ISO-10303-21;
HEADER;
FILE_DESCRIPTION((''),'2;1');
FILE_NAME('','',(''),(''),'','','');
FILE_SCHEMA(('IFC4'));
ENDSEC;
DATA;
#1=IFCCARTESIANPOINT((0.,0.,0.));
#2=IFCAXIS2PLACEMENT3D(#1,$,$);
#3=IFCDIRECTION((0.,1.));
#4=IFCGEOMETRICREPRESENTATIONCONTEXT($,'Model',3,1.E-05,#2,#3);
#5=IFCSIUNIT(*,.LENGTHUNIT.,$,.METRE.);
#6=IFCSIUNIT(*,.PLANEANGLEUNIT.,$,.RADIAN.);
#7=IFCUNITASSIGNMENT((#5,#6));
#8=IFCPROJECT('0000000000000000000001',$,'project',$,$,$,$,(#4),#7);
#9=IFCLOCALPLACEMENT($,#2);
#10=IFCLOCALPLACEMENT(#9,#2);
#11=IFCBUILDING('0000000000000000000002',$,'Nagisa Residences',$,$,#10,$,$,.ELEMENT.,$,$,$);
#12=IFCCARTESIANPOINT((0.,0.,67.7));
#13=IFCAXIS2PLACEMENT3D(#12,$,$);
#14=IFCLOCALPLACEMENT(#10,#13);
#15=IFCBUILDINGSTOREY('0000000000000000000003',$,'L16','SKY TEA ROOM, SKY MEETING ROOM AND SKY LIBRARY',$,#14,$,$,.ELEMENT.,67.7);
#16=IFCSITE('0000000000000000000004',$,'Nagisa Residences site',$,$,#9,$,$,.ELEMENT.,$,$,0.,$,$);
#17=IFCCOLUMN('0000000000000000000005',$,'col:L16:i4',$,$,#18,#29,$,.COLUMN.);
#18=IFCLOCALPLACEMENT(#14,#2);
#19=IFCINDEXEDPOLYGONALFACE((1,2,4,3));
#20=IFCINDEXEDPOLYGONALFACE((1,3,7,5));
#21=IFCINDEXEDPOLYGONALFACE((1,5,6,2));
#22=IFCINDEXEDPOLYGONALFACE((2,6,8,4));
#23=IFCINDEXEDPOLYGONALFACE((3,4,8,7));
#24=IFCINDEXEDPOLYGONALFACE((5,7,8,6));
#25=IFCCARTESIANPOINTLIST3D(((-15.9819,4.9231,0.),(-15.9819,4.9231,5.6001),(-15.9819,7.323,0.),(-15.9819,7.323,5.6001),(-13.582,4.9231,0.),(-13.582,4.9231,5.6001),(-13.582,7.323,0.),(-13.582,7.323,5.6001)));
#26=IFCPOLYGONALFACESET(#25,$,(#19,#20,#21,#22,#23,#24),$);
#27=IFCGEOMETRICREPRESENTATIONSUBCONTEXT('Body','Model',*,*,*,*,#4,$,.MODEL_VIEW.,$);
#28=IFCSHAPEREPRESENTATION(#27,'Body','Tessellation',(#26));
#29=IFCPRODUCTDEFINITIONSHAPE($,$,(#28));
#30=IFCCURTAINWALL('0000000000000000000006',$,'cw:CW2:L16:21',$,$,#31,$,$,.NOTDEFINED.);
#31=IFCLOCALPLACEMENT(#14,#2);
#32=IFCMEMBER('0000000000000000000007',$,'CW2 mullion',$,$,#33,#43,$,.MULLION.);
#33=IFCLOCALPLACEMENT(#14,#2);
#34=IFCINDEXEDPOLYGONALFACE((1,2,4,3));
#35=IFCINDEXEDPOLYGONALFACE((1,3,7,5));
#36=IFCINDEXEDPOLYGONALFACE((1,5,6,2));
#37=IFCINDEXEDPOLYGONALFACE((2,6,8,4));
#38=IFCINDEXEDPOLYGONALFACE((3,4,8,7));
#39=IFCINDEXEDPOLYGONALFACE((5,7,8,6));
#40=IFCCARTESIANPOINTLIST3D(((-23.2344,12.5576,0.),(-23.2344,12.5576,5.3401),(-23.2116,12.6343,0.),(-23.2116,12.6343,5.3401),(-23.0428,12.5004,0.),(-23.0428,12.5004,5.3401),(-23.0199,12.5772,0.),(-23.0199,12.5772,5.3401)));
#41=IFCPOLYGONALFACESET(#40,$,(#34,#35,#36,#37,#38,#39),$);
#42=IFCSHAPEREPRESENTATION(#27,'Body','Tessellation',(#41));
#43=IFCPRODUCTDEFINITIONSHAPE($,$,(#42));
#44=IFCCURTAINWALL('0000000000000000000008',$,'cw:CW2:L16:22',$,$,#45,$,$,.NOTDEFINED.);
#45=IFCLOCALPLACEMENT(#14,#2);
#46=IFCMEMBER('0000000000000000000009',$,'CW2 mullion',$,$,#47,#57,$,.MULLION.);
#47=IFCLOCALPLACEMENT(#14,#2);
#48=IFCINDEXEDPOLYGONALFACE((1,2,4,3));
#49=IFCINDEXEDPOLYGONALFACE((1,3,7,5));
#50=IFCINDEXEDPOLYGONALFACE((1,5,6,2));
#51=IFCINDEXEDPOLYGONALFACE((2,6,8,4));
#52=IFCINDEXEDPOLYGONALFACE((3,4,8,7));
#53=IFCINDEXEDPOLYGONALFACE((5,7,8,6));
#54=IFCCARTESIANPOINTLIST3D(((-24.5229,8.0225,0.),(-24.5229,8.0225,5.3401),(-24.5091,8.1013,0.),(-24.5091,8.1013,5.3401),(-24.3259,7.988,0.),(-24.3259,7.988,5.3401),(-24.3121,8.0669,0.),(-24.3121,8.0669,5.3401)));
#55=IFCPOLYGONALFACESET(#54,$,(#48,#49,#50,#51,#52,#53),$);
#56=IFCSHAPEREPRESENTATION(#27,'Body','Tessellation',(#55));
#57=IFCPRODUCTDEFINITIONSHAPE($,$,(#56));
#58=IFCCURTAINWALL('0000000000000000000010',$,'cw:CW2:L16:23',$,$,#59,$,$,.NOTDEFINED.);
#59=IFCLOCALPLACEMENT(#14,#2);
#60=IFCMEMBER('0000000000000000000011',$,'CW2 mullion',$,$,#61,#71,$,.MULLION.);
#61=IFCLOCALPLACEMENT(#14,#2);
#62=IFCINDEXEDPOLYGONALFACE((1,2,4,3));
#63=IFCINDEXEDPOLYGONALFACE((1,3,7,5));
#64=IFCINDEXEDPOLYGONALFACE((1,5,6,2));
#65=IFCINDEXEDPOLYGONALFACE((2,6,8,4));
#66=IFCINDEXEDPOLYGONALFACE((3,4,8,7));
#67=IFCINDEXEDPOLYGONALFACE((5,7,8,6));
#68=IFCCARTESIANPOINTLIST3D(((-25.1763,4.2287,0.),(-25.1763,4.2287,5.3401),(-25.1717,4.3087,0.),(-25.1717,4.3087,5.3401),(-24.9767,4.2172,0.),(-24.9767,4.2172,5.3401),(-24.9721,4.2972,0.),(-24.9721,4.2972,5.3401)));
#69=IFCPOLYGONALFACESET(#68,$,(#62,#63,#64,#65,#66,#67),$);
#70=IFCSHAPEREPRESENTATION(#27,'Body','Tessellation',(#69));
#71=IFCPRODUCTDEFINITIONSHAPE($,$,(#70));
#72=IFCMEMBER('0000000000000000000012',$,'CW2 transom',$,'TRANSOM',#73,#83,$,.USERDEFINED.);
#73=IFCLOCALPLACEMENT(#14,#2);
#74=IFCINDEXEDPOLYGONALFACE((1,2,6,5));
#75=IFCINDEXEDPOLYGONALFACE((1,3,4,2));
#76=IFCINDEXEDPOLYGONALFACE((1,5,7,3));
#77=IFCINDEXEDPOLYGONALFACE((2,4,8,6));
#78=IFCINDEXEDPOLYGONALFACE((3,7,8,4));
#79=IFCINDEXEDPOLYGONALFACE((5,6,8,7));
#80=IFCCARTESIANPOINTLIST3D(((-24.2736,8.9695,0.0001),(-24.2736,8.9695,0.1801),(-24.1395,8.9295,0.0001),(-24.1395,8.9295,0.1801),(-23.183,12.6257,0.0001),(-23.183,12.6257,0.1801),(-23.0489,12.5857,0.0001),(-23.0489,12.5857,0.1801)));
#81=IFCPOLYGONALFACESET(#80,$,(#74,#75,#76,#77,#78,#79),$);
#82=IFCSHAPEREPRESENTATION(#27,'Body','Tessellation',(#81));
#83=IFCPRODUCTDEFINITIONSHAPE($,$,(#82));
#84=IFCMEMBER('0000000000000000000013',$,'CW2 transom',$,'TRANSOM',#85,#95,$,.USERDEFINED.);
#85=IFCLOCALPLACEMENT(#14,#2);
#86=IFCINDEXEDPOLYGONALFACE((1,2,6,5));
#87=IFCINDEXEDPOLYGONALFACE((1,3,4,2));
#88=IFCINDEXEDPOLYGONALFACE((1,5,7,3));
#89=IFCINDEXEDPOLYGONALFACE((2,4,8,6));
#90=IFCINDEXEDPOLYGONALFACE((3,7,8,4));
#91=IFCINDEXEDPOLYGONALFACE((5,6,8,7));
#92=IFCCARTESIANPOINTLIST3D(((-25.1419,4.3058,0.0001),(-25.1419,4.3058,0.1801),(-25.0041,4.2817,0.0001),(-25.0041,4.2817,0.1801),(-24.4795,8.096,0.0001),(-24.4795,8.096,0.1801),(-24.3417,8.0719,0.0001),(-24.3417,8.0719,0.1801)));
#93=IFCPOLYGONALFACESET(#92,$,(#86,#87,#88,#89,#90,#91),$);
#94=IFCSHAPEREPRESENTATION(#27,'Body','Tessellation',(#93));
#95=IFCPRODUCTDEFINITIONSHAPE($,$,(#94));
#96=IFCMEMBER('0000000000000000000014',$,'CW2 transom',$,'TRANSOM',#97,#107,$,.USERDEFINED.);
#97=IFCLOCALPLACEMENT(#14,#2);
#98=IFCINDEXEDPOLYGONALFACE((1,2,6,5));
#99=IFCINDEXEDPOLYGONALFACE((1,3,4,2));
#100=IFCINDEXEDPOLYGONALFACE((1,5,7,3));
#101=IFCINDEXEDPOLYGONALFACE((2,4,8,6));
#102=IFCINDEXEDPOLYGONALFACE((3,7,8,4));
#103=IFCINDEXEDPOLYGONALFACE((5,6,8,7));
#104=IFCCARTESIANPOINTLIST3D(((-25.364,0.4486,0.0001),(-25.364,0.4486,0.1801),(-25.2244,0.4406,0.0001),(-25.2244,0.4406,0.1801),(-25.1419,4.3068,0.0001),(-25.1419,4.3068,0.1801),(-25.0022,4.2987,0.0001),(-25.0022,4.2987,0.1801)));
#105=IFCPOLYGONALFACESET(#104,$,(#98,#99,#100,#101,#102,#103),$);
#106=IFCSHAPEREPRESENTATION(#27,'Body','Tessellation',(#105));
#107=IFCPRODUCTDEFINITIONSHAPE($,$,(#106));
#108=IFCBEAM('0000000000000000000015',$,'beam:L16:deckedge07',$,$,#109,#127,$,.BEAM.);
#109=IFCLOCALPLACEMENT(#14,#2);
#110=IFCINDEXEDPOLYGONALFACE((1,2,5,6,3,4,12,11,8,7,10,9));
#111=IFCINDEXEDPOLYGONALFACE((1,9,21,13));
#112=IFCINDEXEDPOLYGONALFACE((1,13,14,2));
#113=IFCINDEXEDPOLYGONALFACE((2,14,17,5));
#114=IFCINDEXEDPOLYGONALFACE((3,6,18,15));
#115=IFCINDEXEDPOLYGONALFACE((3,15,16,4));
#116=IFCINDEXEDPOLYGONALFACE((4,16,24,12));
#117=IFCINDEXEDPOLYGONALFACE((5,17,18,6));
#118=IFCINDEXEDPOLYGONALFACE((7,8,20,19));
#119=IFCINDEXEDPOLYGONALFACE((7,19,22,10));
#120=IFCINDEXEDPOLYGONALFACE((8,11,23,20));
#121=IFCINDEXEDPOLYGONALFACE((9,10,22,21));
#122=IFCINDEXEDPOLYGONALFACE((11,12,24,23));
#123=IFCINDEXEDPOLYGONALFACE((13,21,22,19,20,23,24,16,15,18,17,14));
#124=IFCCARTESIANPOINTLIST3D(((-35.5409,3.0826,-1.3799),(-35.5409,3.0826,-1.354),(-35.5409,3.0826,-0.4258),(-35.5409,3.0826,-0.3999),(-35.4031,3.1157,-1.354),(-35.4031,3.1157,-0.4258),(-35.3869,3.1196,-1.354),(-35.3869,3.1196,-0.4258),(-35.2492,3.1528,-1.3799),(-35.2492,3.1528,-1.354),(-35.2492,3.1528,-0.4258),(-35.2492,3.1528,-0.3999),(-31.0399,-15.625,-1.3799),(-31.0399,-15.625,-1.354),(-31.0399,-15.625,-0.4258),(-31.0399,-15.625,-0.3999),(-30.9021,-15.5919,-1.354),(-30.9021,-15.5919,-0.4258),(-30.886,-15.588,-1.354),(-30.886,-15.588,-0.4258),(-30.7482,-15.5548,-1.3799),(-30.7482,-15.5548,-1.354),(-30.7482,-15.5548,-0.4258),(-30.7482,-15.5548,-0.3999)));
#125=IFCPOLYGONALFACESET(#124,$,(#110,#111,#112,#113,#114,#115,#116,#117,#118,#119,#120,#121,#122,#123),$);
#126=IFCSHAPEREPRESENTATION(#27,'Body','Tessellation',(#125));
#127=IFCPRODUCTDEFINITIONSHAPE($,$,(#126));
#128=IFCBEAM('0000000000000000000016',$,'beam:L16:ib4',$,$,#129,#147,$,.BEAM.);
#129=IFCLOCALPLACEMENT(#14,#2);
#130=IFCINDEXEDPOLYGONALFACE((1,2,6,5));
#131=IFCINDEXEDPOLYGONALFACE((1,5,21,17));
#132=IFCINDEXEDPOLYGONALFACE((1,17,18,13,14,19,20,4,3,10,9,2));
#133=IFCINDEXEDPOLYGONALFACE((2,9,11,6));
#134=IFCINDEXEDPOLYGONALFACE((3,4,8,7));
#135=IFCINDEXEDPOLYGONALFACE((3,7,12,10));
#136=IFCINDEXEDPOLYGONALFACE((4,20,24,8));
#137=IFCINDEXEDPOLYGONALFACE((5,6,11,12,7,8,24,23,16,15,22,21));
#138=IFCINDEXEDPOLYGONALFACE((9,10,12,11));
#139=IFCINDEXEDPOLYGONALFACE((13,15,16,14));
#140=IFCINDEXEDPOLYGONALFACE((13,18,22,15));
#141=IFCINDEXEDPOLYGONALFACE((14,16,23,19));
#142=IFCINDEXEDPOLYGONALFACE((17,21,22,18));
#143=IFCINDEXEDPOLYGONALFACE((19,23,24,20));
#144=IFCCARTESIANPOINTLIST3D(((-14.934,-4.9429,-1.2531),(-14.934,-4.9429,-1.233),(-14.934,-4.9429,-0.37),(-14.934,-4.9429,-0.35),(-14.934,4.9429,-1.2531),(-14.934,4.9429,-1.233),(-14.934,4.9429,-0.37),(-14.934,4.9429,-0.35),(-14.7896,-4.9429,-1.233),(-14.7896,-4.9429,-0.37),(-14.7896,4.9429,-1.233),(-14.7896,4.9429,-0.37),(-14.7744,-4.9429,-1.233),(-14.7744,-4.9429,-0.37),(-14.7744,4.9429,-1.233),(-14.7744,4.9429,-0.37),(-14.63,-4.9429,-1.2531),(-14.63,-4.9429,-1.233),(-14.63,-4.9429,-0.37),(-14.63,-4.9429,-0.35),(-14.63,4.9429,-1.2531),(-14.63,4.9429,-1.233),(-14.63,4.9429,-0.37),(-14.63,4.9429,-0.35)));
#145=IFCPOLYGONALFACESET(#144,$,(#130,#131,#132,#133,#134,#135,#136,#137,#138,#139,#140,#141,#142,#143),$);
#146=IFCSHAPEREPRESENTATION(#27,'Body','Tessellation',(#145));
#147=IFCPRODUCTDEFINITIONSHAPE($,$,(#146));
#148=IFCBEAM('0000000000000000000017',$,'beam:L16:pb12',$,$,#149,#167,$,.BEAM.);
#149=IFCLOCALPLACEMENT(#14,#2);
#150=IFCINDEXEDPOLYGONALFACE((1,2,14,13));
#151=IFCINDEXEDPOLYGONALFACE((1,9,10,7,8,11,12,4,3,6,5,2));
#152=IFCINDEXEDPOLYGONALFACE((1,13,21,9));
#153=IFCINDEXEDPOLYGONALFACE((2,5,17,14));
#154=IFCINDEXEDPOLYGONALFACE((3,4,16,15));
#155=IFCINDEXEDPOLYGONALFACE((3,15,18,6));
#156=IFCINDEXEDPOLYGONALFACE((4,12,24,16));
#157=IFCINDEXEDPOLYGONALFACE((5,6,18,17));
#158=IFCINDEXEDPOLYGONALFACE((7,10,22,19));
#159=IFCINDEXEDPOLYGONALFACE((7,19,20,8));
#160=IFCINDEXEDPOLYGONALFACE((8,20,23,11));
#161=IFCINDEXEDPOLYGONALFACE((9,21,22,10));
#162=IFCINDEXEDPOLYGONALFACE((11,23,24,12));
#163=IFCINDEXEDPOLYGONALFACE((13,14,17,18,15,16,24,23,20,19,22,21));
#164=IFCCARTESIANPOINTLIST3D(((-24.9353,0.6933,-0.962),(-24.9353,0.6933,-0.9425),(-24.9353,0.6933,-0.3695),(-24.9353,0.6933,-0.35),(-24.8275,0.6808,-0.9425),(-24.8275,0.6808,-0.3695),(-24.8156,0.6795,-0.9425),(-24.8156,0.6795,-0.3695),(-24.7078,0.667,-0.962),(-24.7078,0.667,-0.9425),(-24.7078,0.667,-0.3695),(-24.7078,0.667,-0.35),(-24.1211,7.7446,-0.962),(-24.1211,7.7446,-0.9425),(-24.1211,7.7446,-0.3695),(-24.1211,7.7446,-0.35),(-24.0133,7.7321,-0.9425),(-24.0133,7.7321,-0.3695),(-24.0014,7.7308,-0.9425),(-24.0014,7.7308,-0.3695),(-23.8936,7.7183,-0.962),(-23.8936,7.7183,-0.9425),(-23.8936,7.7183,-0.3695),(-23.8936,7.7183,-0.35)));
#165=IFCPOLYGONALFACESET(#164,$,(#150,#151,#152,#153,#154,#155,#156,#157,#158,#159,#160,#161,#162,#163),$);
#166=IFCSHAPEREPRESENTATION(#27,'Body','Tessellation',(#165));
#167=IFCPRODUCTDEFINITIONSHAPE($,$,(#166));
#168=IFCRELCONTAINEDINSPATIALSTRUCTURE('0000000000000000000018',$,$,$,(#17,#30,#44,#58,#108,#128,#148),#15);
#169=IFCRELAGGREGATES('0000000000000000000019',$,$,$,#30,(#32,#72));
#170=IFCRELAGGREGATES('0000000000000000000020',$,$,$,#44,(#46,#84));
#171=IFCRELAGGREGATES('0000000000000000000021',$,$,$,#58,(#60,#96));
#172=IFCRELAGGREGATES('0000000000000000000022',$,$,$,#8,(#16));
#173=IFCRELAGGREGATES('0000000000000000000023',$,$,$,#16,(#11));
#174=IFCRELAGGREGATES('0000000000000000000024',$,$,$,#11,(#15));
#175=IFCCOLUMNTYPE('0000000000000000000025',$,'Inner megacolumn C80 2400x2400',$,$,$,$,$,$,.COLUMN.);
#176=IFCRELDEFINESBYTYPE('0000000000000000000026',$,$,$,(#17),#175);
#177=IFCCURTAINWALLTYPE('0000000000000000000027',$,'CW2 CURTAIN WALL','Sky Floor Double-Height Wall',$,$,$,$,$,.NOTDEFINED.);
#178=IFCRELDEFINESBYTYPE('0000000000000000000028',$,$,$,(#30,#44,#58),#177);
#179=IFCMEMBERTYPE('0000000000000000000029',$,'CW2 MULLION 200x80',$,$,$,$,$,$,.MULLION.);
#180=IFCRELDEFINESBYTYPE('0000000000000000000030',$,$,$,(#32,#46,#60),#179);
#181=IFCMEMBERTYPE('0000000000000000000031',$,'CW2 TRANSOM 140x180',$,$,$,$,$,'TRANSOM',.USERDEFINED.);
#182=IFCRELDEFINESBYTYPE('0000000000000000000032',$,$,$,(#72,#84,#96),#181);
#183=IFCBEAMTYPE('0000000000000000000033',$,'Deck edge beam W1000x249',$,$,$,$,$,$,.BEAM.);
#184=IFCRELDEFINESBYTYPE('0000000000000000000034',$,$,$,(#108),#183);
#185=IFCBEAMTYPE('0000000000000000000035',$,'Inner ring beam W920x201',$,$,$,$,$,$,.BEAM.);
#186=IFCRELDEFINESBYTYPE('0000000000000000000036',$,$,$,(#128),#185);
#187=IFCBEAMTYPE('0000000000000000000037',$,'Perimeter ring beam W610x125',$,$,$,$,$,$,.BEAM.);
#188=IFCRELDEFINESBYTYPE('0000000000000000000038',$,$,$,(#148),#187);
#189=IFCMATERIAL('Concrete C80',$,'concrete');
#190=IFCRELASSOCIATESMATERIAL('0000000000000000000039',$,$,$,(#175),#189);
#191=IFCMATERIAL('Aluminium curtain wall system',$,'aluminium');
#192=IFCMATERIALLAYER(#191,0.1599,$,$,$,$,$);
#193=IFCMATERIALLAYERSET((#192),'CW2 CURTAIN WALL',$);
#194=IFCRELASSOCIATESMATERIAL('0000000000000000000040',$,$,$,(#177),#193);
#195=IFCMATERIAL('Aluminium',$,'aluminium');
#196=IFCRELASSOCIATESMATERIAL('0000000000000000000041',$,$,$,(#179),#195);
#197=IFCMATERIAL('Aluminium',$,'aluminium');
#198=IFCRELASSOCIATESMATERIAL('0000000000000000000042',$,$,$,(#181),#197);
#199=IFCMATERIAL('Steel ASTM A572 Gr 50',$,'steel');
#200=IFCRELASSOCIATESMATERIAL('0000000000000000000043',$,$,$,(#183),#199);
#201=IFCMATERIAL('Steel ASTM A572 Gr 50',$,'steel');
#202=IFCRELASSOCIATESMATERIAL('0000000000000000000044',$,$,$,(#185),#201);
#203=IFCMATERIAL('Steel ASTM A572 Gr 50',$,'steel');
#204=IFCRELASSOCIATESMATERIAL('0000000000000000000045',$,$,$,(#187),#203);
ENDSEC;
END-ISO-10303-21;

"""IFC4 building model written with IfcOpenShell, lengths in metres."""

from ifc_helpers import new_model, si_unit, direction, frame, origin, origin_2d, place, context, subcontext, project, spatial, rectangle, i_section, extrude, material, layer, layer_set, material_profile, profile_set, type_object, element, aggregate, save


model = new_model("IFC4")

# Units and contexts
model_context = context("Model", 3, precision=1e-05, world=origin(), true_north=direction((0.0, 1.0)))
body_context = subcontext(model_context, "Body", "Model", "MODEL_VIEW")
ifc_project = project(units=[si_unit("LENGTHUNIT", "METRE"), si_unit("PLANEANGLEUNIT", "RADIAN")], contexts=[model_context])

# Site, building, storey
site_placement = place(None, origin())
site = spatial("IfcSite", under=ifc_project, at=site_placement, Name="Nagisa Residences site", CompositionType="ELEMENT", RefElevation=0.0)
building_placement = place(site_placement, origin())
building = spatial("IfcBuilding", under=site, at=building_placement, Name="Nagisa Residences", CompositionType="ELEMENT")
storey_placement = place(building_placement, frame((0.0, 0.0, 67.7)))
storey = spatial("IfcBuildingStorey", under=building, at=storey_placement, Name="L16", Description="SKY TEA ROOM, SKY MEETING ROOM AND SKY LIBRARY", CompositionType="ELEMENT", Elevation=67.7)

# Column
ifc_material_1 = material(Name="Concrete C80", Category="concrete")
ifc_material_profile_1 = material_profile(ifc_material_1, rectangle(XDim=2.3999, YDim=2.3999, at=origin_2d()), Name="C80 2400x2400")
ifc_profile_set_1 = profile_set([ifc_material_profile_1], Name="Concrete C80")
column_type = type_object("IfcColumnType", Name="Inner megacolumn C80 2400x2400", PredefinedType="COLUMN", material=ifc_profile_set_1)
column_placement = place(storey_placement, frame((-14.782, 6.123, 0.0), z_axis=(0.0, 0.0, 1.0), x_axis=(1.0, 0.0, 0.0)))
element("IfcColumn", 1, at=column_placement, inside=storey, type_object=column_type, Name="col:L16:i4", PredefinedType="COLUMN", context=body_context, shape_type="SweptSolid", body=[
    extrude(rectangle(XDim=2.3999, YDim=2.3999, at=origin_2d()), origin(), (0.0, 0.0, 1.0), 5.6001),
])

# Curtain walls, members
ifc_material_2 = material(Name="Aluminium curtain wall system", Category="aluminium")
ifc_layer_1 = layer(ifc_material_2, 0.1599)
ifc_layer_set_1 = layer_set([ifc_layer_1], Name="CW2 CURTAIN WALL")
curtain_wall_type = type_object("IfcCurtainWallType", Name="CW2 CURTAIN WALL", Description="Sky Floor Double-Height Wall", PredefinedType="NOTDEFINED", material=ifc_layer_set_1)
curtain_wall_1_placement = place(storey_placement, origin())
curtain_wall_1 = element("IfcCurtainWall", 2, at=curtain_wall_1_placement, inside=storey, type_object=curtain_wall_type, Name="cw:CW2:L16:21", PredefinedType="NOTDEFINED")
ifc_material_3 = material(Name="Aluminium", Category="aluminium")
ifc_material_profile_2 = material_profile(ifc_material_3, rectangle(XDim=0.2, YDim=0.0801, at=origin_2d()), Name="CW2 MULLION 200x80")
ifc_profile_set_2 = profile_set([ifc_material_profile_2], Name="Aluminium")
member_type_1 = type_object("IfcMemberType", Name="CW2 MULLION 200x80", PredefinedType="MULLION", material=ifc_profile_set_2)
member_1_placement = place(storey_placement, frame((-23.1272, 12.5674, 0.0), z_axis=(0.0, 0.0, 1.0), x_axis=(0.958271, -0.28586, 0.0)))
member_1 = element("IfcMember", 3, at=member_1_placement, type_object=member_type_1, Name="CW2 mullion", PredefinedType="MULLION", context=body_context, shape_type="SweptSolid", body=[
    extrude(rectangle(XDim=0.2, YDim=0.0801, at=origin_2d()), origin(), (0.0, 0.0, 1.0), 5.3401),
])
curtain_wall_2_placement = place(storey_placement, origin())
curtain_wall_2 = element("IfcCurtainWall", 4, at=curtain_wall_2_placement, inside=storey, type_object=curtain_wall_type, Name="cw:CW2:L16:22", PredefinedType="NOTDEFINED")
member_2_placement = place(storey_placement, frame((-24.4175, 8.0447, 0.0), z_axis=(0.0, 0.0, 1.0), x_axis=(0.985064, -0.172191, 0.0)))
member_2 = element("IfcMember", 5, at=member_2_placement, type_object=member_type_1, Name="CW2 mullion", PredefinedType="MULLION", context=body_context, shape_type="SweptSolid", body=[
    extrude(rectangle(XDim=0.2, YDim=0.0801, at=origin_2d()), origin(), (0.0, 0.0, 1.0), 5.3401),
])
curtain_wall_3_placement = place(storey_placement, origin())
curtain_wall_3 = element("IfcCurtainWall", 6, at=curtain_wall_3_placement, inside=storey, type_object=curtain_wall_type, Name="cw:CW2:L16:23", PredefinedType="NOTDEFINED")
member_3_placement = place(storey_placement, frame((-25.0742, 4.2629, 0.0), z_axis=(0.0, 0.0, 1.0), x_axis=(0.998345, -0.057503, 0.0)))
member_3 = element("IfcMember", 7, at=member_3_placement, type_object=member_type_1, Name="CW2 mullion", PredefinedType="MULLION", context=body_context, shape_type="SweptSolid", body=[
    extrude(rectangle(XDim=0.2, YDim=0.0801, at=origin_2d()), origin(), (0.0, 0.0, 1.0), 5.3401),
])

# Members
ifc_material_4 = material(Name="Aluminium", Category="aluminium")
ifc_material_profile_3 = material_profile(ifc_material_4, rectangle(XDim=0.1399, YDim=0.1799, at=origin_2d()), Name="CW2 TRANSOM 140x180")
ifc_profile_set_3 = profile_set([ifc_material_profile_3], Name="Aluminium")
member_type_2 = type_object("IfcMemberType", Name="CW2 TRANSOM 140x180", ElementType="TRANSOM", PredefinedType="USERDEFINED", material=ifc_profile_set_3)
member_4_placement = place(storey_placement, frame((-23.116, 12.6057, 0.0901), z_axis=(-0.285833, -0.958279, 0.0), x_axis=(0.958279, -0.285833, 0.0)))
member_4 = element("IfcMember", 8, at=member_4_placement, type_object=member_type_2, Name="CW2 transom", ObjectType="TRANSOM", PredefinedType="USERDEFINED", context=body_context, shape_type="SweptSolid", body=[
    extrude(rectangle(XDim=0.1399, YDim=0.1799, at=origin_2d()), origin(), (0.0, 0.0, 1.0), 3.8154),
])
member_5_placement = place(storey_placement, frame((-24.4106, 8.084, 0.0901), z_axis=(-0.172142, -0.985072, 0.0), x_axis=(0.985072, -0.172142, 0.0)))
member_5 = element("IfcMember", 9, at=member_5_placement, type_object=member_type_2, Name="CW2 transom", ObjectType="TRANSOM", PredefinedType="USERDEFINED", context=body_context, shape_type="SweptSolid", body=[
    extrude(rectangle(XDim=0.1399, YDim=0.1799, at=origin_2d()), origin(), (0.0, 0.0, 1.0), 3.8477),
])
member_6_placement = place(storey_placement, frame((-25.072, 4.3027, 0.0901), z_axis=(-0.057489, -0.998346, 0.0), x_axis=(0.998346, -0.057489, 0.0)))
member_6 = element("IfcMember", 10, at=member_6_placement, type_object=member_type_2, Name="CW2 transom", ObjectType="TRANSOM", PredefinedType="USERDEFINED", context=body_context, shape_type="SweptSolid", body=[
    extrude(rectangle(XDim=0.1399, YDim=0.1799, at=origin_2d()), origin(), (0.0, 0.0, 1.0), 3.8645),
])

# Beams
ifc_material_5 = material(Name="Steel ASTM A572 Gr 50", Category="steel")
ifc_material_profile_4 = material_profile(ifc_material_5, i_section(OverallWidth=0.3, OverallDepth=0.98, WebThickness=0.0166, FlangeThickness=0.0259, at=origin_2d()), Name="W1000x249")
ifc_profile_set_4 = profile_set([ifc_material_profile_4], Name="Steel ASTM A572 Gr 50")
beam_type_1 = type_object("IfcBeamType", Name="Deck edge beam W1000x249", PredefinedType="BEAM", material=ifc_profile_set_4)
beam_1_placement = place(storey_placement, frame((-35.395, 3.1177, -0.8899), z_axis=(0.233922, -0.972255, 0.0), x_axis=(0.972255, 0.233922, 0.0)))
element("IfcBeam", 11, at=beam_1_placement, inside=storey, type_object=beam_type_1, Name="beam:L16:deckedge07", PredefinedType="BEAM", context=body_context, shape_type="SweptSolid", body=[
    extrude(i_section(OverallWidth=0.3, OverallDepth=0.98, WebThickness=0.0166, FlangeThickness=0.0259, at=origin_2d()), origin(), (0.0, 0.0, 1.0), 19.2415),
])
ifc_material_6 = material(Name="Steel ASTM A572 Gr 50", Category="steel")
ifc_material_profile_5 = material_profile(ifc_material_6, i_section(OverallWidth=0.304, OverallDepth=0.9031, WebThickness=0.0151, FlangeThickness=0.02, at=origin_2d()), Name="W920x201")
ifc_profile_set_5 = profile_set([ifc_material_profile_5], Name="Steel ASTM A572 Gr 50")
beam_type_2 = type_object("IfcBeamType", Name="Inner ring beam W920x201", PredefinedType="BEAM", material=ifc_profile_set_5)
beam_2_placement = place(storey_placement, frame((-14.782, 4.9429, -0.8015), z_axis=(0.0, -1.0, 0.0), x_axis=(1.0, 0.0, 0.0)))
element("IfcBeam", 12, at=beam_2_placement, inside=storey, type_object=beam_type_2, Name="beam:L16:ib4", PredefinedType="BEAM", context=body_context, shape_type="SweptSolid", body=[
    extrude(i_section(OverallWidth=0.304, OverallDepth=0.9031, WebThickness=0.0151, FlangeThickness=0.02, at=origin_2d()), origin(), (0.0, 0.0, 1.0), 9.8857),
])
ifc_material_7 = material(Name="Steel ASTM A572 Gr 50", Category="steel")
ifc_material_profile_6 = material_profile(ifc_material_7, i_section(OverallWidth=0.229, OverallDepth=0.6121, WebThickness=0.012, FlangeThickness=0.0195, at=origin_2d()), Name="W610x125")
ifc_profile_set_6 = profile_set([ifc_material_profile_6], Name="Steel ASTM A572 Gr 50")
beam_type_3 = type_object("IfcBeamType", Name="Perimeter ring beam W610x125", PredefinedType="BEAM", material=ifc_profile_set_6)
beam_3_placement = place(storey_placement, frame((-24.0073, 7.7314, -0.656), z_axis=(-0.114708, -0.993399, 0.0), x_axis=(0.993399, -0.114708, 0.0)))
element("IfcBeam", 13, at=beam_3_placement, inside=storey, type_object=beam_type_3, Name="beam:L16:pb12", PredefinedType="BEAM", context=body_context, shape_type="SweptSolid", body=[
    extrude(i_section(OverallWidth=0.229, OverallDepth=0.6121, WebThickness=0.012, FlangeThickness=0.0195, at=origin_2d()), origin(), (0.0, 0.0, 1.0), 7.0981),
])

aggregate(curtain_wall_1, [member_1, member_4])
aggregate(curtain_wall_2, [member_2, member_5])
aggregate(curtain_wall_3, [member_3, member_6])

save(model, "model.ifc")
